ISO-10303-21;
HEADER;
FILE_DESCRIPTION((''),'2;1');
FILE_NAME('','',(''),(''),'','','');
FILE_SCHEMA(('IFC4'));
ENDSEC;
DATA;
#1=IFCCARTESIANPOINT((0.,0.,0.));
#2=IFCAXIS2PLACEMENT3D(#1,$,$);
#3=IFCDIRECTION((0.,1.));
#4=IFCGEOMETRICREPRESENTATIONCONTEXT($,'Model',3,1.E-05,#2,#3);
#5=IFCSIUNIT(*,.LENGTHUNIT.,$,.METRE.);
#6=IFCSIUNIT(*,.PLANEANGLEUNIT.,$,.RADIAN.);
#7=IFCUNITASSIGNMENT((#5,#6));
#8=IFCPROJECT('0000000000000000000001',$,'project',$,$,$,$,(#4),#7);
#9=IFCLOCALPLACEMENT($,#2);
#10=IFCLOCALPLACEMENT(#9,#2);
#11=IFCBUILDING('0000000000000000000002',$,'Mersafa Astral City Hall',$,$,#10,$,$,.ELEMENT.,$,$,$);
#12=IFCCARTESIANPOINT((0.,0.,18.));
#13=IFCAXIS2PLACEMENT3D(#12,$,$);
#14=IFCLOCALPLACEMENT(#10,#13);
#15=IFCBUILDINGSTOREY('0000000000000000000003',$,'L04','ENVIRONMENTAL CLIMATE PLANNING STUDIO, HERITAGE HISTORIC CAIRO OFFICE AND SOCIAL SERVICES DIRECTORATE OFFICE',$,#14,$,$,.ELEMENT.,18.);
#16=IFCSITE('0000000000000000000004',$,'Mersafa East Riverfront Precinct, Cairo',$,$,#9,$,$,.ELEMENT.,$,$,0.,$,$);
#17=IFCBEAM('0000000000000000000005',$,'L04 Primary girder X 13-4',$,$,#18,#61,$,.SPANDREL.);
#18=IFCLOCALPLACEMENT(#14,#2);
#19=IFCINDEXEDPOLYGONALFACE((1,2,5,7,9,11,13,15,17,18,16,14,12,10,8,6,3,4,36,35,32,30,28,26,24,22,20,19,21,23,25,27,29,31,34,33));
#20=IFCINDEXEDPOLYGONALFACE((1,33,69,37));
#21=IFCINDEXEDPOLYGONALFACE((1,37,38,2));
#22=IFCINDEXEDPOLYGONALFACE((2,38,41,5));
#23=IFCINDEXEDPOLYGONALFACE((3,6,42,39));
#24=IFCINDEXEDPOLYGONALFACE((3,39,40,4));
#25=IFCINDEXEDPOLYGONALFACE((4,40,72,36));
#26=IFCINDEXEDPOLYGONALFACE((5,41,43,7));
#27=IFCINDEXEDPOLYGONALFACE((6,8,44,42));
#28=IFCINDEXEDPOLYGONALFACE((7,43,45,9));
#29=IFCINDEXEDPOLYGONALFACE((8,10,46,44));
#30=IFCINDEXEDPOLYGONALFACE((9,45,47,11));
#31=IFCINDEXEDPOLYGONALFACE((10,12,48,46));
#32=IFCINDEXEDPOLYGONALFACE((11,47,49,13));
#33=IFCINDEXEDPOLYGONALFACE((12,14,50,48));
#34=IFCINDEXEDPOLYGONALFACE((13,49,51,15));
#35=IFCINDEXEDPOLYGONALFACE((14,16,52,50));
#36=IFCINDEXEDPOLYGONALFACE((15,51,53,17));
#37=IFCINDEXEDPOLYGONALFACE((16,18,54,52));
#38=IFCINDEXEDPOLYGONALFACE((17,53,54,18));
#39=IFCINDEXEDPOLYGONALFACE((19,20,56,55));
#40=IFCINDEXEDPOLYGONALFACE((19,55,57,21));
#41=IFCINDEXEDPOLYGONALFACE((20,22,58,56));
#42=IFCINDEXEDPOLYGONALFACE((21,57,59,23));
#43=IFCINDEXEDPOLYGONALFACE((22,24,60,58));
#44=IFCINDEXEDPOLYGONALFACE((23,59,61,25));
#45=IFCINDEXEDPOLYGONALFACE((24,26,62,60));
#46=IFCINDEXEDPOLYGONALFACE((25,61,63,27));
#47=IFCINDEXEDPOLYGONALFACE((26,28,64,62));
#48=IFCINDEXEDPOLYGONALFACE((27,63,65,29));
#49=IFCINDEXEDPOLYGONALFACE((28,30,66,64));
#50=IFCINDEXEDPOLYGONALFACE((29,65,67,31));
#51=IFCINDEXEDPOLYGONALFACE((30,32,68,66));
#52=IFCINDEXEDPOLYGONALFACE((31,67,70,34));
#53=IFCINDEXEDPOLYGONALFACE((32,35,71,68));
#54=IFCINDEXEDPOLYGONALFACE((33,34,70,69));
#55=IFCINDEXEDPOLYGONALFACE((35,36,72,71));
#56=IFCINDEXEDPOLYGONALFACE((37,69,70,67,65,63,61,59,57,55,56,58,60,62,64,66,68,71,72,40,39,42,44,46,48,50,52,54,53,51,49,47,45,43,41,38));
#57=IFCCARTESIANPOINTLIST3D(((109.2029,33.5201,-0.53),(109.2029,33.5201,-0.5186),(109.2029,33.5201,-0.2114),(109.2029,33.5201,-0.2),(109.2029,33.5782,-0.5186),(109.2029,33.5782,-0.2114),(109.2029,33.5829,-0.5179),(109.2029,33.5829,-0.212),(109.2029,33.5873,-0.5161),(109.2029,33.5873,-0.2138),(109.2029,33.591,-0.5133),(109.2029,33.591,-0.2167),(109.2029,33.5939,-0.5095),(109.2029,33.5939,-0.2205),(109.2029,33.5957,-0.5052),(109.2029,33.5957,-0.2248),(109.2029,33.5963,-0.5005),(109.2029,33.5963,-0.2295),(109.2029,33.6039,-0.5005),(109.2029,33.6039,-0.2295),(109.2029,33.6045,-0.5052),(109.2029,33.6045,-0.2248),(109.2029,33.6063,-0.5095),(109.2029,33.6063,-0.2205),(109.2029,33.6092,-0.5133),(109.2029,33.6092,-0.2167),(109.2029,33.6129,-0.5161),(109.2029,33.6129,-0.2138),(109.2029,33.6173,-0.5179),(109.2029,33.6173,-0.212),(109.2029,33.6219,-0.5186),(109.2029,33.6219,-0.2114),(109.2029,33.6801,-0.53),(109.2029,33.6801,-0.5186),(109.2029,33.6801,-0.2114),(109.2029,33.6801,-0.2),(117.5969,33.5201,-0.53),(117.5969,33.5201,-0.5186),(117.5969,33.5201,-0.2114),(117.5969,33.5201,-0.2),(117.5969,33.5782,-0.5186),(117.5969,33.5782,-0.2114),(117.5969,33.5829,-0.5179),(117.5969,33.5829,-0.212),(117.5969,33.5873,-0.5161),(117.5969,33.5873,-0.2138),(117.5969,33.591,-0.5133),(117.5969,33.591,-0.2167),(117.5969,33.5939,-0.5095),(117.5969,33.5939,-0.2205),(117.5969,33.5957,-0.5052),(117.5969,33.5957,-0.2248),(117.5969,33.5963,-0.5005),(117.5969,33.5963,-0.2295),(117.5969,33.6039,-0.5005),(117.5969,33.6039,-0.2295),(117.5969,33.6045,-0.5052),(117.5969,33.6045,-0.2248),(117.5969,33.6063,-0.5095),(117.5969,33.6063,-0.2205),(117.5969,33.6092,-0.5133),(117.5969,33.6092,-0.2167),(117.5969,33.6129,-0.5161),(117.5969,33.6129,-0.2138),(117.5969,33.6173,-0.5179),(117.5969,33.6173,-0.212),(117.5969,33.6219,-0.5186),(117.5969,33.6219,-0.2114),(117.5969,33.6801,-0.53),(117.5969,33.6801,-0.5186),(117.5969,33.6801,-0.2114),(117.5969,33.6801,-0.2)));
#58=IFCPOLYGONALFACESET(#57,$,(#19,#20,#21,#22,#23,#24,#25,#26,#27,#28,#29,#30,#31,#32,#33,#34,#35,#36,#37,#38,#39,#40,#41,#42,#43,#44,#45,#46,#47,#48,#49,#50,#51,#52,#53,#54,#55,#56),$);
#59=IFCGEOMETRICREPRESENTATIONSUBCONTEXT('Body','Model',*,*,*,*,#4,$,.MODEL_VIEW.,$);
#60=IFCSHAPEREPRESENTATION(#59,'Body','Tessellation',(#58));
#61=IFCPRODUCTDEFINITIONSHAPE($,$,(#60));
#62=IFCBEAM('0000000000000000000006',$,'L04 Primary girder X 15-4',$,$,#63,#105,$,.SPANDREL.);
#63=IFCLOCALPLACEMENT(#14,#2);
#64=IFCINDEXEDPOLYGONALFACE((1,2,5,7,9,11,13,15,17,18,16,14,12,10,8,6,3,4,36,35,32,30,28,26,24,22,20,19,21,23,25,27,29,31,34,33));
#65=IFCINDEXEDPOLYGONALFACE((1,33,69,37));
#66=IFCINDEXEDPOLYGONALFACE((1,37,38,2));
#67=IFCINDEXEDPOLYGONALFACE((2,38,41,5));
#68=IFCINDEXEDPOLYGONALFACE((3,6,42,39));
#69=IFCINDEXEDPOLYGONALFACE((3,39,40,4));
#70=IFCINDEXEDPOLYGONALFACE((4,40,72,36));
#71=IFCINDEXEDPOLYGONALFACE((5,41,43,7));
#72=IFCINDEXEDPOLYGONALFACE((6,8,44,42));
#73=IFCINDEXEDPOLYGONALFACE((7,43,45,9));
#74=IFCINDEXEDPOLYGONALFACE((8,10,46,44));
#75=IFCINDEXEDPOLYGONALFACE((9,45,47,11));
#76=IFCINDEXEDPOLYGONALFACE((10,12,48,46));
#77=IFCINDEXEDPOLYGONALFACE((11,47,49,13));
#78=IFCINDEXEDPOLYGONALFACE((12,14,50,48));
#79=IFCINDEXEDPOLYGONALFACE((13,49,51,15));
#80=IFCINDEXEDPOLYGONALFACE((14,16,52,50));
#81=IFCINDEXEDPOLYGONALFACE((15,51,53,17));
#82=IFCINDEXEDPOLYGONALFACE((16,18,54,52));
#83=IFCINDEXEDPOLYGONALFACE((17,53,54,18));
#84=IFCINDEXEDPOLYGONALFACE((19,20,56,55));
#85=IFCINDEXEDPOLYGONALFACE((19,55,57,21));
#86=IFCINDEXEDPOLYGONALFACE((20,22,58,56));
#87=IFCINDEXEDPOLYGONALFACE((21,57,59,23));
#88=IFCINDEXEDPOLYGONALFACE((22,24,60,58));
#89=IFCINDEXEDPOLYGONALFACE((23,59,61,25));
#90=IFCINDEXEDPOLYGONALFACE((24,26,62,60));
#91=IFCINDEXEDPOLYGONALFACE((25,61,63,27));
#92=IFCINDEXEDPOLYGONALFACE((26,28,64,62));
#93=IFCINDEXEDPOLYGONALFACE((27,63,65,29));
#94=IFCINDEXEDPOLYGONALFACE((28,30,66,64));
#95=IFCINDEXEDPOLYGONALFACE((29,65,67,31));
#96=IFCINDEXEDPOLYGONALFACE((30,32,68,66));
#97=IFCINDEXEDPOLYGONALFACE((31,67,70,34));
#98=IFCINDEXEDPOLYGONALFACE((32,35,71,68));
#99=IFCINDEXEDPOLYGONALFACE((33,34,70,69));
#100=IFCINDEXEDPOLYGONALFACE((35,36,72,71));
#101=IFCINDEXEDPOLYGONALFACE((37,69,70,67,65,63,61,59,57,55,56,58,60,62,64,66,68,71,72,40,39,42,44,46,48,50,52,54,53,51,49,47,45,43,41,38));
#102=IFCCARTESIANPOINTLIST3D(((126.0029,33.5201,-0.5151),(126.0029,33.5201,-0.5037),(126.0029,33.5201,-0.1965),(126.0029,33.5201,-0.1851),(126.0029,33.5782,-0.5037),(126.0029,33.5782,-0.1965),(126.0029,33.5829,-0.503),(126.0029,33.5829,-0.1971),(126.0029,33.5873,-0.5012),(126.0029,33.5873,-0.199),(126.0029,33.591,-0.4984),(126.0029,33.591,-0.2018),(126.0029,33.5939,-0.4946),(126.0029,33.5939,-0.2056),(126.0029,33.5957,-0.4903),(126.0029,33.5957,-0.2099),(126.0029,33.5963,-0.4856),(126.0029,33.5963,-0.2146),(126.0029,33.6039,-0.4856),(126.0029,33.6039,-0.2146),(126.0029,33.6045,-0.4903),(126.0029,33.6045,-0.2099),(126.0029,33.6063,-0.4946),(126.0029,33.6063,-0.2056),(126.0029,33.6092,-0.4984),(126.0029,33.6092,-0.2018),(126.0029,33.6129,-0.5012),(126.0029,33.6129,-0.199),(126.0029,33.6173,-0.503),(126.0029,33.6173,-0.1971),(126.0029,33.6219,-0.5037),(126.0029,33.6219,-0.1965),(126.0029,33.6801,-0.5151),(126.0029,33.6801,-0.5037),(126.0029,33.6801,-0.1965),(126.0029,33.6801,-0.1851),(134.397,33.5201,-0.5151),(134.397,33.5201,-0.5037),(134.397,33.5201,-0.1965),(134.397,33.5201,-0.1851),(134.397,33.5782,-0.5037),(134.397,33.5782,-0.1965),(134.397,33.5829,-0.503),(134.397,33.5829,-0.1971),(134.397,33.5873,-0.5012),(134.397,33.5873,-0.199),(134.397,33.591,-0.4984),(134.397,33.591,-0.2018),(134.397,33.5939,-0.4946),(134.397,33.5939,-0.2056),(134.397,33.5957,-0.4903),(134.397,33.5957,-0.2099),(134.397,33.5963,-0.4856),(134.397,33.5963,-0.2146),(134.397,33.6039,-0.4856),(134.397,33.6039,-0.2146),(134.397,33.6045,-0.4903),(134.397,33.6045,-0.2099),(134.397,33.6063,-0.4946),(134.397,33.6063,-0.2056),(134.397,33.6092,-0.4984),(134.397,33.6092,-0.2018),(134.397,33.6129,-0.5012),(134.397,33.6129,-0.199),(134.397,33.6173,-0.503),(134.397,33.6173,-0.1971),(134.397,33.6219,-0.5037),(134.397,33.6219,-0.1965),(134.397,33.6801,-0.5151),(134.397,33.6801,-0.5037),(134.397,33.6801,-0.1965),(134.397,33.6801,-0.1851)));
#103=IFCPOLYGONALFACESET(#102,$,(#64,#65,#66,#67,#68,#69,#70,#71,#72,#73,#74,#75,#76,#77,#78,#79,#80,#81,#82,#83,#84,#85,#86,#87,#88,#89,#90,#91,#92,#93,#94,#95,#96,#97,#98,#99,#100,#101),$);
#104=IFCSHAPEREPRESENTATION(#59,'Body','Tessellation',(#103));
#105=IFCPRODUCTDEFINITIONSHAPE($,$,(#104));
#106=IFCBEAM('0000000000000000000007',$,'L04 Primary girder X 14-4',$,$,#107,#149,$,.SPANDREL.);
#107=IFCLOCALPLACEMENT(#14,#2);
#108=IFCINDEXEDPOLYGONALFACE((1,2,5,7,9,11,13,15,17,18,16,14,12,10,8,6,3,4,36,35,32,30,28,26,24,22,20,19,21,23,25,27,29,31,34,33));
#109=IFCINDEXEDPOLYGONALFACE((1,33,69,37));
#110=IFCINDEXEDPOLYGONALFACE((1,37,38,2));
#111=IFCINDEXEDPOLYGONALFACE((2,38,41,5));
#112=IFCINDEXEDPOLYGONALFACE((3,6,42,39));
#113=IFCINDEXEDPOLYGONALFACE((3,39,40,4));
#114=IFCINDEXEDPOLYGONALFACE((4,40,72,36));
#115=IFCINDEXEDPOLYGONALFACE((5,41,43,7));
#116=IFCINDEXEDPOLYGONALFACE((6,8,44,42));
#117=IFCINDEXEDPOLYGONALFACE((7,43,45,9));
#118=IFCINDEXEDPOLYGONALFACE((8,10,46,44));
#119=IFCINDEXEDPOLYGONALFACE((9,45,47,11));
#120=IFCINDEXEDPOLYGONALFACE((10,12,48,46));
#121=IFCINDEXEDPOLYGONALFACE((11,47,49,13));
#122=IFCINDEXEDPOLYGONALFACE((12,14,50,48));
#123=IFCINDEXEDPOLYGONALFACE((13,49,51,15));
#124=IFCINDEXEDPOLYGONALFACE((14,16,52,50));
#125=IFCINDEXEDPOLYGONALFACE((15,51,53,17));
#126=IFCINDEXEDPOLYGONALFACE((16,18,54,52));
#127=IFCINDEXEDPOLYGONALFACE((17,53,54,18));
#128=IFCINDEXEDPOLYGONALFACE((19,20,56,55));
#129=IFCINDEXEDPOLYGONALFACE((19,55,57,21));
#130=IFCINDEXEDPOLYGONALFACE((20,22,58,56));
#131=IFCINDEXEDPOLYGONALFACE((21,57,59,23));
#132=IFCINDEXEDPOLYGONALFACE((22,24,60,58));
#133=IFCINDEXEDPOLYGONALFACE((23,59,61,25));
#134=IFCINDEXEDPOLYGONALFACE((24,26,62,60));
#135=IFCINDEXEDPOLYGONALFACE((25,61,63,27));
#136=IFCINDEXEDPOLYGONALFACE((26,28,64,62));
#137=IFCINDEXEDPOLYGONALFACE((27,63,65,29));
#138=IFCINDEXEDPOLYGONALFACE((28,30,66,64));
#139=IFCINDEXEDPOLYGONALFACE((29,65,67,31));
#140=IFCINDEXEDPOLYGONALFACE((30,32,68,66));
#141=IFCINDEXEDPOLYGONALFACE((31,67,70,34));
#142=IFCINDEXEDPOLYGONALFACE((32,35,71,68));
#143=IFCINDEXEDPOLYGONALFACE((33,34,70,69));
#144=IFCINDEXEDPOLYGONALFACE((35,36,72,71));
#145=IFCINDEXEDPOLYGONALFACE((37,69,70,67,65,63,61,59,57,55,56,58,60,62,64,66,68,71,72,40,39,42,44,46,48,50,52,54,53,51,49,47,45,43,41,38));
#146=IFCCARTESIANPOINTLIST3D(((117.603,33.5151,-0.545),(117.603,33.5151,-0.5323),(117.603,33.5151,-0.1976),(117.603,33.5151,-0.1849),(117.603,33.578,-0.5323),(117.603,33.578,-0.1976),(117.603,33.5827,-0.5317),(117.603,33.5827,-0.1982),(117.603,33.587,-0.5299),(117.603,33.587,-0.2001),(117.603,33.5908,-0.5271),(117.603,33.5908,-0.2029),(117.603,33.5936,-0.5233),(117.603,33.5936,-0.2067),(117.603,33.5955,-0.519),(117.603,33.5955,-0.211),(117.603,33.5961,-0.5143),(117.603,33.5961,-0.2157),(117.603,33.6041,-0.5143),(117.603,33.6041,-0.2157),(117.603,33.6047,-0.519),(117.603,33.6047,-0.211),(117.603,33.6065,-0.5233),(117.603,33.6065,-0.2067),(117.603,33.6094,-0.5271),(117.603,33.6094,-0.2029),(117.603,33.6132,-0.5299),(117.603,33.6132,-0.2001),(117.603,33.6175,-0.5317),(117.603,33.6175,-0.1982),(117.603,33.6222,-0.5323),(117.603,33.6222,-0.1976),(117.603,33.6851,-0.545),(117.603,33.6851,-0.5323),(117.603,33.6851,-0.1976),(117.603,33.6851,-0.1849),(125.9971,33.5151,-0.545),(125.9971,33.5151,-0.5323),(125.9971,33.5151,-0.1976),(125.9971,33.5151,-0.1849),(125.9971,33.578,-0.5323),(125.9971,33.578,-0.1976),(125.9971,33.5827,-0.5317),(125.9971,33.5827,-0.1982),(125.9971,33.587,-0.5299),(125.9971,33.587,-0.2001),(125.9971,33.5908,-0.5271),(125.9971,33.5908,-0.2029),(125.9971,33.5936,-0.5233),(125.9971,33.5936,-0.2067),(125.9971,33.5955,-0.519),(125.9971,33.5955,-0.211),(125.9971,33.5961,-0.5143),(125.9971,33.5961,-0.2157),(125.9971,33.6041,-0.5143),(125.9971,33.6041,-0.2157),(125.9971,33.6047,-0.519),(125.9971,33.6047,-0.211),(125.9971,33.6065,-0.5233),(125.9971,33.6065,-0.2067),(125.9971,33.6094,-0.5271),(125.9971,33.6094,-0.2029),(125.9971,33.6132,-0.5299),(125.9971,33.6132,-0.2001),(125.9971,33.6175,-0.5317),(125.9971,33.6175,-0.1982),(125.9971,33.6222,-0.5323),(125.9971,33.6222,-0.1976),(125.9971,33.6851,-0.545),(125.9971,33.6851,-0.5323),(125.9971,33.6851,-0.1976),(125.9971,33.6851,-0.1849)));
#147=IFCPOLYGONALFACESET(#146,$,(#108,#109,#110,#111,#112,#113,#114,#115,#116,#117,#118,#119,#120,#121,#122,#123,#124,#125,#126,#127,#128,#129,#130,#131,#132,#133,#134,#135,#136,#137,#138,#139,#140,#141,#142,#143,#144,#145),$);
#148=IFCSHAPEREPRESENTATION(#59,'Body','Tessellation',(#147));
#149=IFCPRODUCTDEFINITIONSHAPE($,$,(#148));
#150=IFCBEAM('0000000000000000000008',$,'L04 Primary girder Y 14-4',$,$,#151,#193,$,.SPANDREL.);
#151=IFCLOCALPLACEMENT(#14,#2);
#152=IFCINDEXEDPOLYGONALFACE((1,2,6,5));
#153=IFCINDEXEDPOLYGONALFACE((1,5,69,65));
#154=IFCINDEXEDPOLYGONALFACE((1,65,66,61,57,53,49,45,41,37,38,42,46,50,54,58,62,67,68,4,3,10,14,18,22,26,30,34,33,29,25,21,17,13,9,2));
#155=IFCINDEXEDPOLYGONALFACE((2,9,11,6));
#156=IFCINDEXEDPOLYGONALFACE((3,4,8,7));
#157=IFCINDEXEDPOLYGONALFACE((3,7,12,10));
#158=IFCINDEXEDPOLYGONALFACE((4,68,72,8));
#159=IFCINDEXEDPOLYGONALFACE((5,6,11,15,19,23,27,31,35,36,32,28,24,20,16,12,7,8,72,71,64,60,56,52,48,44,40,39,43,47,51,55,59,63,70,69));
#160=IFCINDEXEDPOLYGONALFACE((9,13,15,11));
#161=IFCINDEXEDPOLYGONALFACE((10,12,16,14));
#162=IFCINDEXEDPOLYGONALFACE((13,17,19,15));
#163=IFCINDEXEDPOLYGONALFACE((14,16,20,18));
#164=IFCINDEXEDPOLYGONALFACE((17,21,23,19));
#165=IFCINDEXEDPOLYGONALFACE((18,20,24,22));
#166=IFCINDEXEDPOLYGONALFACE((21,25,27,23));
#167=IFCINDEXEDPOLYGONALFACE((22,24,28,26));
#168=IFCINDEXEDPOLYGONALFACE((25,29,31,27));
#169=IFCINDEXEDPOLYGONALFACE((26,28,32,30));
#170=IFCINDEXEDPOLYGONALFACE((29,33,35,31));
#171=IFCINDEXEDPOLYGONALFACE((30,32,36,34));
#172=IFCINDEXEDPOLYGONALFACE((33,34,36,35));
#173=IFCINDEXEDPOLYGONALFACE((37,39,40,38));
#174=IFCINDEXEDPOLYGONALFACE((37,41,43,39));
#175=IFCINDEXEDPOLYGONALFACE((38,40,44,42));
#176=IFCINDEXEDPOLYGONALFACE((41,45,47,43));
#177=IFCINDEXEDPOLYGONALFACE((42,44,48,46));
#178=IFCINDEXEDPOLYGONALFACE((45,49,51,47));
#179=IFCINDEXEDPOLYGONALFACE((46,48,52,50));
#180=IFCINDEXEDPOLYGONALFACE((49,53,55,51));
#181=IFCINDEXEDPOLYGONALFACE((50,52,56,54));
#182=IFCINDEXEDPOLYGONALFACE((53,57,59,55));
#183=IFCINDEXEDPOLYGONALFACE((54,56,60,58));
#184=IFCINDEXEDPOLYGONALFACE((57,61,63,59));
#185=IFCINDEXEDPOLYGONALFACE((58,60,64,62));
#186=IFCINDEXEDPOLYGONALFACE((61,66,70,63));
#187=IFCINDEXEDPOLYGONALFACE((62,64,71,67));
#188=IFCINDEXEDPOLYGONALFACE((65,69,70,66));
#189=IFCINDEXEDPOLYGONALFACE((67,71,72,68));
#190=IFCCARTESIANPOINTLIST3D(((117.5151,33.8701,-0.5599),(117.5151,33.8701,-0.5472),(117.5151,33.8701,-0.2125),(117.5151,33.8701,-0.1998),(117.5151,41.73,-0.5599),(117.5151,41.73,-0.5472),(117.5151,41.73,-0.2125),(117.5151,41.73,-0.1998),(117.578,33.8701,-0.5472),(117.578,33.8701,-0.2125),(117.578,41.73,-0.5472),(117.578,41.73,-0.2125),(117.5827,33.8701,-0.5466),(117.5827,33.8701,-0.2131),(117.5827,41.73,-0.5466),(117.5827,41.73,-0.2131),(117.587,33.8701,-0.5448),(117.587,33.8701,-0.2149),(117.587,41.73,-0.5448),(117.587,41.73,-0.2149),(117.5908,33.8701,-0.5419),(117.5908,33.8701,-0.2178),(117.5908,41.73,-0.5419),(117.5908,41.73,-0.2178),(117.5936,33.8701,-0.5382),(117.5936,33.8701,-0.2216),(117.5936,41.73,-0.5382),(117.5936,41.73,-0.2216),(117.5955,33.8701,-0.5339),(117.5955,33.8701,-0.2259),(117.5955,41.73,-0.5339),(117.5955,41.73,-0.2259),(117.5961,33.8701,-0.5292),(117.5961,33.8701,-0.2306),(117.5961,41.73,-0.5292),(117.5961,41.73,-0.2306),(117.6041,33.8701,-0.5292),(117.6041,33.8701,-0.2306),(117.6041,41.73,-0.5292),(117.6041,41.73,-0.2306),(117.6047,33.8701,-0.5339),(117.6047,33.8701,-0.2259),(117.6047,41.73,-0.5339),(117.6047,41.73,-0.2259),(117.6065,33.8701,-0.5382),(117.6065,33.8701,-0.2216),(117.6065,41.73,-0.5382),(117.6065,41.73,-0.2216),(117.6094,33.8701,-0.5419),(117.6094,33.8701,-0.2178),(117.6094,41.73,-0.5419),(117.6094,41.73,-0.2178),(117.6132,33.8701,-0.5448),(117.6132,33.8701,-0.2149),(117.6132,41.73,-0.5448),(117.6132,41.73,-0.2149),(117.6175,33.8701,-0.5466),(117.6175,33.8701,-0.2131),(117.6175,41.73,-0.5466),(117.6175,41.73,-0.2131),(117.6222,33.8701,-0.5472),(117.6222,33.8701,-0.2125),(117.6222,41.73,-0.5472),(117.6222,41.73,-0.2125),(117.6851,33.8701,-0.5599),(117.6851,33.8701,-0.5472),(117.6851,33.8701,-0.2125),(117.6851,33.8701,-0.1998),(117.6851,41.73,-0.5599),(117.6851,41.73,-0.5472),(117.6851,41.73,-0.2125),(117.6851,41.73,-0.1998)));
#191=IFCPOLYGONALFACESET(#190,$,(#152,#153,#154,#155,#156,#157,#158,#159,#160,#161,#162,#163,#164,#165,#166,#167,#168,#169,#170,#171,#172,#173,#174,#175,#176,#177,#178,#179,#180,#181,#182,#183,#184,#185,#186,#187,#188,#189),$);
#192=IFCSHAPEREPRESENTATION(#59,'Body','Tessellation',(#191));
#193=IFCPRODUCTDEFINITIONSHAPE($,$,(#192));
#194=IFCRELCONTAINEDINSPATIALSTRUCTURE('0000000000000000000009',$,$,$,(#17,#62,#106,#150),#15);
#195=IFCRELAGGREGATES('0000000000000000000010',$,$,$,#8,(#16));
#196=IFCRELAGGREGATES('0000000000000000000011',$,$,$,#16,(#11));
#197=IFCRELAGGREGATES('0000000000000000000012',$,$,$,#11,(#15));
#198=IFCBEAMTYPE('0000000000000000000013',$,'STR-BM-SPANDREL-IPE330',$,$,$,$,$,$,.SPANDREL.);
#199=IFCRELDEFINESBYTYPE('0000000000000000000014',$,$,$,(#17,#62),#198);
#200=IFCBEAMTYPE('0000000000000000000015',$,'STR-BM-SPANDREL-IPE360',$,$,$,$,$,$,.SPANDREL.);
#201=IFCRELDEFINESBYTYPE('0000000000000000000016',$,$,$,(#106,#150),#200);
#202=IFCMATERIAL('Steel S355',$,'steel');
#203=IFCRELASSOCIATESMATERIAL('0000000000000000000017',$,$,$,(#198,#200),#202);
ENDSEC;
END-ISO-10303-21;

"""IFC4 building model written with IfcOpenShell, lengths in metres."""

from ifc_helpers import new_model, si_unit, direction, frame, origin, origin_2d, place, context, subcontext, project, spatial, i_section, extrude, material, material_profile, profile_set, type_object, element, save


model = new_model("IFC4")

# Units and contexts
model_context = context("Model", 3, precision=1e-05, world=origin(), true_north=direction((0.0, 1.0)))
body_context = subcontext(model_context, "Body", "Model", "MODEL_VIEW")
ifc_project = project(units=[si_unit("LENGTHUNIT", "METRE"), si_unit("PLANEANGLEUNIT", "RADIAN")], contexts=[model_context])

# Site, building, storey
site_placement = place(None, origin())
site = spatial("IfcSite", under=ifc_project, at=site_placement, Name="Mersafa East Riverfront Precinct, Cairo", CompositionType="ELEMENT", RefElevation=0.0)
building_placement = place(site_placement, origin())
building = spatial("IfcBuilding", under=site, at=building_placement, Name="Mersafa Astral City Hall", CompositionType="ELEMENT")
storey_placement = place(building_placement, frame((0.0, 0.0, 18.0)))
storey = spatial("IfcBuildingStorey", under=building, at=storey_placement, Name="L04", Description="ENVIRONMENTAL CLIMATE PLANNING STUDIO, HERITAGE HISTORIC CAIRO OFFICE AND SOCIAL SERVICES DIRECTORATE OFFICE", CompositionType="ELEMENT", Elevation=18.0)

# Shared definitions
ifc_material_1 = material(Name="Steel S355", Category="steel")

# Beams
ifc_material_profile_1 = material_profile(ifc_material_1, i_section(OverallWidth=0.1599, OverallDepth=0.3301, WebThickness=0.0076, FlangeThickness=0.0115, FilletRadius=0.0181, at=origin_2d()), Name="IPE 330")
ifc_profile_set_1 = profile_set([ifc_material_profile_1], Name="Steel S355")
beam_type_1 = type_object("IfcBeamType", Name="STR-BM-SPANDREL-IPE330", PredefinedType="SPANDREL", material=ifc_profile_set_1)
for number, where, z_axis, x_axis, name in (
    (1, (109.2029, 33.6001, -0.365), (1.0, 0.0, 0.0), (0.0, 1.0, 0.0), "L04 Primary girder X 13-4"),
    (2, (126.0029, 33.6001, -0.3501), (1.0, 0.0, 0.0), (0.0, 1.0, 0.0), "L04 Primary girder X 15-4"),
):
    element("IfcBeam", number, at=place(storey_placement, frame(where, z_axis=z_axis, x_axis=x_axis)), inside=storey, type_object=beam_type_1, Name=name, PredefinedType="SPANDREL", context=body_context, shape_type="SweptSolid", body=[
        extrude(i_section(OverallWidth=0.1599, OverallDepth=0.3301, WebThickness=0.0076, FlangeThickness=0.0115, FilletRadius=0.0181, at=origin_2d()), origin(), (0.0, 0.0, 1.0), 8.394),
    ])
ifc_material_profile_2 = material_profile(ifc_material_1, i_section(OverallWidth=0.1699, OverallDepth=0.3601, WebThickness=0.0081, FlangeThickness=0.0127, FilletRadius=0.0181, at=origin_2d()), Name="IPE 360")
ifc_profile_set_2 = profile_set([ifc_material_profile_2], Name="Steel S355")
beam_type_2 = type_object("IfcBeamType", Name="STR-BM-SPANDREL-IPE360", PredefinedType="SPANDREL", material=ifc_profile_set_2)
beam_1_placement = place(storey_placement, frame((117.603, 33.6001, -0.365), z_axis=(1.0, 0.0, 0.0), x_axis=(0.0, 1.0, 0.0)))
element("IfcBeam", 3, at=beam_1_placement, inside=storey, type_object=beam_type_2, Name="L04 Primary girder X 14-4", PredefinedType="SPANDREL", context=body_context, shape_type="SweptSolid", body=[
    extrude(i_section(OverallWidth=0.1699, OverallDepth=0.3601, WebThickness=0.0081, FlangeThickness=0.0127, FilletRadius=0.0181, at=origin_2d()), origin(), (0.0, 0.0, 1.0), 8.394),
])
beam_2_placement = place(storey_placement, frame((117.6001, 33.8701, -0.3799), z_axis=(0.0, 1.0, 0.0), x_axis=(-1.0, 0.0, 0.0)))
element("IfcBeam", 4, at=beam_2_placement, inside=storey, type_object=beam_type_2, Name="L04 Primary girder Y 14-4", PredefinedType="SPANDREL", context=body_context, shape_type="SweptSolid", body=[
    extrude(i_section(OverallWidth=0.1699, OverallDepth=0.3601, WebThickness=0.0081, FlangeThickness=0.0127, FilletRadius=0.0181, at=origin_2d()), origin(), (0.0, 0.0, 1.0), 7.8599),
])

save(model, "model.ifc")
